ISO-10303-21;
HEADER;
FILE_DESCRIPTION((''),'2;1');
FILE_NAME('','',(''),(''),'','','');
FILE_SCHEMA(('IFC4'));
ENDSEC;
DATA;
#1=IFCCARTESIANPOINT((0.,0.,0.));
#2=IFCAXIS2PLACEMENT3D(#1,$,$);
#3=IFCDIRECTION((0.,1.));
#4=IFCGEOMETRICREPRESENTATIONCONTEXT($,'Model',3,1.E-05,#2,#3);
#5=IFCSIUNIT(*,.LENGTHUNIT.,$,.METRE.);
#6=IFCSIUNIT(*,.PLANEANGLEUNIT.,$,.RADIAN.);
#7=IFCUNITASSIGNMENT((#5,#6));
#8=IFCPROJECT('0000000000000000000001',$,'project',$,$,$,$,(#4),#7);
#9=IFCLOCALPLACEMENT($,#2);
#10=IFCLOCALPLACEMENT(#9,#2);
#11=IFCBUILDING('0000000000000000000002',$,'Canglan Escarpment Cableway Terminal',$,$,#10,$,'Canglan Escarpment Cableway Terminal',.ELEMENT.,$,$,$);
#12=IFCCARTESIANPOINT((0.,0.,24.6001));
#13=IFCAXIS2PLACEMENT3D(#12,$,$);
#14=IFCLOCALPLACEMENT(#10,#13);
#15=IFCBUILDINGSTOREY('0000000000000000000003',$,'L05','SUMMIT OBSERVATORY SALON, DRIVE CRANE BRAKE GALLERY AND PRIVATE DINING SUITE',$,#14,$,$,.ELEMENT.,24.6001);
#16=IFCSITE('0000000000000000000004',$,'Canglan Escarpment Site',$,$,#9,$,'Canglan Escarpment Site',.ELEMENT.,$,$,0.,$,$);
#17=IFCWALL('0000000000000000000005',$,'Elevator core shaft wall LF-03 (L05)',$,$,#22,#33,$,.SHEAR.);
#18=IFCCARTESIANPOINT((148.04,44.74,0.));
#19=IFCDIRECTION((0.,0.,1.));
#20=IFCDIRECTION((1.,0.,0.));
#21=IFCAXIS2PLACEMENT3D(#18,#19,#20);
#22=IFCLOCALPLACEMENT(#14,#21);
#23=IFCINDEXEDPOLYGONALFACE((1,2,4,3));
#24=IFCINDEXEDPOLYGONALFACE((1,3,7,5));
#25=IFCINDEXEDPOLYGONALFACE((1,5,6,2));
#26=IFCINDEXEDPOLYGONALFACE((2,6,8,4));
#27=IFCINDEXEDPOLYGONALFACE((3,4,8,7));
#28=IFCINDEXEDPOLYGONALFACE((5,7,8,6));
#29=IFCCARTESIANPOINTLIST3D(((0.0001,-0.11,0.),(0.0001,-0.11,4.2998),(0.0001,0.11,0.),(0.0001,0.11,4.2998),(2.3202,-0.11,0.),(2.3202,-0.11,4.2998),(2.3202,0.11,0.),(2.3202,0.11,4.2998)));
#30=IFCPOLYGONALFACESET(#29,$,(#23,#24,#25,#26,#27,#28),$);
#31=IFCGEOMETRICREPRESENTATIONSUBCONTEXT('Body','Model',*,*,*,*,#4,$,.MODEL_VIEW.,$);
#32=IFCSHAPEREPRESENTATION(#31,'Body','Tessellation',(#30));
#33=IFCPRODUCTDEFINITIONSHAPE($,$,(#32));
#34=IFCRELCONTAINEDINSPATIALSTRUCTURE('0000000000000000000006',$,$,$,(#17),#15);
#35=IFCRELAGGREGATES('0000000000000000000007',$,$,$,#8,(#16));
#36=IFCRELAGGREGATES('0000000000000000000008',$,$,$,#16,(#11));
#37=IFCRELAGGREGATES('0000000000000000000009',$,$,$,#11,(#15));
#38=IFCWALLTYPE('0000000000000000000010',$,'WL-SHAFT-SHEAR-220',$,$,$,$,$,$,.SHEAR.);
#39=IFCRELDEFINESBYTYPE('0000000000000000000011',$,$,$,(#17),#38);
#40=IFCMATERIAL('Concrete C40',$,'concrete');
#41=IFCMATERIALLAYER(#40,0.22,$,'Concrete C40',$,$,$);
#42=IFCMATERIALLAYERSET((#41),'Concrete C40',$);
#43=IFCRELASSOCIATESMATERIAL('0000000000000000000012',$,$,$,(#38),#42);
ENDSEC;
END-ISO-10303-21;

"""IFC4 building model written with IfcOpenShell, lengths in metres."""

from ifc_helpers import new_model, si_unit, direction, frame, frame_2d, origin, place, context, subcontext, project, spatial, rectangle, extrude, material, layer, layer_set, type_object, element, save


model = new_model("IFC4")

# Units and contexts
model_context = context("Model", 3, precision=1e-05, world=origin(), true_north=direction((0.0, 1.0)))
body_context = subcontext(model_context, "Body", "Model", "MODEL_VIEW")
ifc_project = project(units=[si_unit("LENGTHUNIT", "METRE"), si_unit("PLANEANGLEUNIT", "RADIAN")], contexts=[model_context])

# Site, building, storey
site_placement = place(None, origin())
site = spatial("IfcSite", under=ifc_project, at=site_placement, Name="Canglan Escarpment Site", LongName="Canglan Escarpment Site", CompositionType="ELEMENT", RefElevation=0.0)
building_placement = place(site_placement, origin())
building = spatial("IfcBuilding", under=site, at=building_placement, Name="Canglan Escarpment Cableway Terminal", LongName="Canglan Escarpment Cableway Terminal", CompositionType="ELEMENT")
storey_placement = place(building_placement, frame((0.0, 0.0, 24.6001)))
storey = spatial("IfcBuildingStorey", under=building, at=storey_placement, Name="L05", Description="SUMMIT OBSERVATORY SALON, DRIVE CRANE BRAKE GALLERY AND PRIVATE DINING SUITE", CompositionType="ELEMENT", Elevation=24.6001)

# Shared definitions
ifc_material_1 = material(Name="Concrete C40", Category="concrete")

# Wall
ifc_layer_1 = layer(ifc_material_1, 0.22, Name="Concrete C40")
ifc_layer_set_1 = layer_set([ifc_layer_1], Name="Concrete C40")
wall_type_1 = type_object("IfcWallType", Name="WL-SHAFT-SHEAR-220", PredefinedType="SHEAR", material=ifc_layer_set_1)
wall_1_placement = place(storey_placement, frame((148.04, 44.74, 0.0), z_axis=(0.0, 0.0, 1.0), x_axis=(1.0, 0.0, 0.0)))
element("IfcWall", 1, at=wall_1_placement, inside=storey, type_object=wall_type_1, Name="Elevator core shaft wall LF-03 (L05)", PredefinedType="SHEAR", context=body_context, shape_type="SweptSolid", body=[
    extrude(rectangle(XDim=2.3201, YDim=0.22, at=frame_2d((1.1602, 0.0))), origin(), (0.0, 0.0, 1.0), 4.2998),
])

save(model, "model.ifc")
